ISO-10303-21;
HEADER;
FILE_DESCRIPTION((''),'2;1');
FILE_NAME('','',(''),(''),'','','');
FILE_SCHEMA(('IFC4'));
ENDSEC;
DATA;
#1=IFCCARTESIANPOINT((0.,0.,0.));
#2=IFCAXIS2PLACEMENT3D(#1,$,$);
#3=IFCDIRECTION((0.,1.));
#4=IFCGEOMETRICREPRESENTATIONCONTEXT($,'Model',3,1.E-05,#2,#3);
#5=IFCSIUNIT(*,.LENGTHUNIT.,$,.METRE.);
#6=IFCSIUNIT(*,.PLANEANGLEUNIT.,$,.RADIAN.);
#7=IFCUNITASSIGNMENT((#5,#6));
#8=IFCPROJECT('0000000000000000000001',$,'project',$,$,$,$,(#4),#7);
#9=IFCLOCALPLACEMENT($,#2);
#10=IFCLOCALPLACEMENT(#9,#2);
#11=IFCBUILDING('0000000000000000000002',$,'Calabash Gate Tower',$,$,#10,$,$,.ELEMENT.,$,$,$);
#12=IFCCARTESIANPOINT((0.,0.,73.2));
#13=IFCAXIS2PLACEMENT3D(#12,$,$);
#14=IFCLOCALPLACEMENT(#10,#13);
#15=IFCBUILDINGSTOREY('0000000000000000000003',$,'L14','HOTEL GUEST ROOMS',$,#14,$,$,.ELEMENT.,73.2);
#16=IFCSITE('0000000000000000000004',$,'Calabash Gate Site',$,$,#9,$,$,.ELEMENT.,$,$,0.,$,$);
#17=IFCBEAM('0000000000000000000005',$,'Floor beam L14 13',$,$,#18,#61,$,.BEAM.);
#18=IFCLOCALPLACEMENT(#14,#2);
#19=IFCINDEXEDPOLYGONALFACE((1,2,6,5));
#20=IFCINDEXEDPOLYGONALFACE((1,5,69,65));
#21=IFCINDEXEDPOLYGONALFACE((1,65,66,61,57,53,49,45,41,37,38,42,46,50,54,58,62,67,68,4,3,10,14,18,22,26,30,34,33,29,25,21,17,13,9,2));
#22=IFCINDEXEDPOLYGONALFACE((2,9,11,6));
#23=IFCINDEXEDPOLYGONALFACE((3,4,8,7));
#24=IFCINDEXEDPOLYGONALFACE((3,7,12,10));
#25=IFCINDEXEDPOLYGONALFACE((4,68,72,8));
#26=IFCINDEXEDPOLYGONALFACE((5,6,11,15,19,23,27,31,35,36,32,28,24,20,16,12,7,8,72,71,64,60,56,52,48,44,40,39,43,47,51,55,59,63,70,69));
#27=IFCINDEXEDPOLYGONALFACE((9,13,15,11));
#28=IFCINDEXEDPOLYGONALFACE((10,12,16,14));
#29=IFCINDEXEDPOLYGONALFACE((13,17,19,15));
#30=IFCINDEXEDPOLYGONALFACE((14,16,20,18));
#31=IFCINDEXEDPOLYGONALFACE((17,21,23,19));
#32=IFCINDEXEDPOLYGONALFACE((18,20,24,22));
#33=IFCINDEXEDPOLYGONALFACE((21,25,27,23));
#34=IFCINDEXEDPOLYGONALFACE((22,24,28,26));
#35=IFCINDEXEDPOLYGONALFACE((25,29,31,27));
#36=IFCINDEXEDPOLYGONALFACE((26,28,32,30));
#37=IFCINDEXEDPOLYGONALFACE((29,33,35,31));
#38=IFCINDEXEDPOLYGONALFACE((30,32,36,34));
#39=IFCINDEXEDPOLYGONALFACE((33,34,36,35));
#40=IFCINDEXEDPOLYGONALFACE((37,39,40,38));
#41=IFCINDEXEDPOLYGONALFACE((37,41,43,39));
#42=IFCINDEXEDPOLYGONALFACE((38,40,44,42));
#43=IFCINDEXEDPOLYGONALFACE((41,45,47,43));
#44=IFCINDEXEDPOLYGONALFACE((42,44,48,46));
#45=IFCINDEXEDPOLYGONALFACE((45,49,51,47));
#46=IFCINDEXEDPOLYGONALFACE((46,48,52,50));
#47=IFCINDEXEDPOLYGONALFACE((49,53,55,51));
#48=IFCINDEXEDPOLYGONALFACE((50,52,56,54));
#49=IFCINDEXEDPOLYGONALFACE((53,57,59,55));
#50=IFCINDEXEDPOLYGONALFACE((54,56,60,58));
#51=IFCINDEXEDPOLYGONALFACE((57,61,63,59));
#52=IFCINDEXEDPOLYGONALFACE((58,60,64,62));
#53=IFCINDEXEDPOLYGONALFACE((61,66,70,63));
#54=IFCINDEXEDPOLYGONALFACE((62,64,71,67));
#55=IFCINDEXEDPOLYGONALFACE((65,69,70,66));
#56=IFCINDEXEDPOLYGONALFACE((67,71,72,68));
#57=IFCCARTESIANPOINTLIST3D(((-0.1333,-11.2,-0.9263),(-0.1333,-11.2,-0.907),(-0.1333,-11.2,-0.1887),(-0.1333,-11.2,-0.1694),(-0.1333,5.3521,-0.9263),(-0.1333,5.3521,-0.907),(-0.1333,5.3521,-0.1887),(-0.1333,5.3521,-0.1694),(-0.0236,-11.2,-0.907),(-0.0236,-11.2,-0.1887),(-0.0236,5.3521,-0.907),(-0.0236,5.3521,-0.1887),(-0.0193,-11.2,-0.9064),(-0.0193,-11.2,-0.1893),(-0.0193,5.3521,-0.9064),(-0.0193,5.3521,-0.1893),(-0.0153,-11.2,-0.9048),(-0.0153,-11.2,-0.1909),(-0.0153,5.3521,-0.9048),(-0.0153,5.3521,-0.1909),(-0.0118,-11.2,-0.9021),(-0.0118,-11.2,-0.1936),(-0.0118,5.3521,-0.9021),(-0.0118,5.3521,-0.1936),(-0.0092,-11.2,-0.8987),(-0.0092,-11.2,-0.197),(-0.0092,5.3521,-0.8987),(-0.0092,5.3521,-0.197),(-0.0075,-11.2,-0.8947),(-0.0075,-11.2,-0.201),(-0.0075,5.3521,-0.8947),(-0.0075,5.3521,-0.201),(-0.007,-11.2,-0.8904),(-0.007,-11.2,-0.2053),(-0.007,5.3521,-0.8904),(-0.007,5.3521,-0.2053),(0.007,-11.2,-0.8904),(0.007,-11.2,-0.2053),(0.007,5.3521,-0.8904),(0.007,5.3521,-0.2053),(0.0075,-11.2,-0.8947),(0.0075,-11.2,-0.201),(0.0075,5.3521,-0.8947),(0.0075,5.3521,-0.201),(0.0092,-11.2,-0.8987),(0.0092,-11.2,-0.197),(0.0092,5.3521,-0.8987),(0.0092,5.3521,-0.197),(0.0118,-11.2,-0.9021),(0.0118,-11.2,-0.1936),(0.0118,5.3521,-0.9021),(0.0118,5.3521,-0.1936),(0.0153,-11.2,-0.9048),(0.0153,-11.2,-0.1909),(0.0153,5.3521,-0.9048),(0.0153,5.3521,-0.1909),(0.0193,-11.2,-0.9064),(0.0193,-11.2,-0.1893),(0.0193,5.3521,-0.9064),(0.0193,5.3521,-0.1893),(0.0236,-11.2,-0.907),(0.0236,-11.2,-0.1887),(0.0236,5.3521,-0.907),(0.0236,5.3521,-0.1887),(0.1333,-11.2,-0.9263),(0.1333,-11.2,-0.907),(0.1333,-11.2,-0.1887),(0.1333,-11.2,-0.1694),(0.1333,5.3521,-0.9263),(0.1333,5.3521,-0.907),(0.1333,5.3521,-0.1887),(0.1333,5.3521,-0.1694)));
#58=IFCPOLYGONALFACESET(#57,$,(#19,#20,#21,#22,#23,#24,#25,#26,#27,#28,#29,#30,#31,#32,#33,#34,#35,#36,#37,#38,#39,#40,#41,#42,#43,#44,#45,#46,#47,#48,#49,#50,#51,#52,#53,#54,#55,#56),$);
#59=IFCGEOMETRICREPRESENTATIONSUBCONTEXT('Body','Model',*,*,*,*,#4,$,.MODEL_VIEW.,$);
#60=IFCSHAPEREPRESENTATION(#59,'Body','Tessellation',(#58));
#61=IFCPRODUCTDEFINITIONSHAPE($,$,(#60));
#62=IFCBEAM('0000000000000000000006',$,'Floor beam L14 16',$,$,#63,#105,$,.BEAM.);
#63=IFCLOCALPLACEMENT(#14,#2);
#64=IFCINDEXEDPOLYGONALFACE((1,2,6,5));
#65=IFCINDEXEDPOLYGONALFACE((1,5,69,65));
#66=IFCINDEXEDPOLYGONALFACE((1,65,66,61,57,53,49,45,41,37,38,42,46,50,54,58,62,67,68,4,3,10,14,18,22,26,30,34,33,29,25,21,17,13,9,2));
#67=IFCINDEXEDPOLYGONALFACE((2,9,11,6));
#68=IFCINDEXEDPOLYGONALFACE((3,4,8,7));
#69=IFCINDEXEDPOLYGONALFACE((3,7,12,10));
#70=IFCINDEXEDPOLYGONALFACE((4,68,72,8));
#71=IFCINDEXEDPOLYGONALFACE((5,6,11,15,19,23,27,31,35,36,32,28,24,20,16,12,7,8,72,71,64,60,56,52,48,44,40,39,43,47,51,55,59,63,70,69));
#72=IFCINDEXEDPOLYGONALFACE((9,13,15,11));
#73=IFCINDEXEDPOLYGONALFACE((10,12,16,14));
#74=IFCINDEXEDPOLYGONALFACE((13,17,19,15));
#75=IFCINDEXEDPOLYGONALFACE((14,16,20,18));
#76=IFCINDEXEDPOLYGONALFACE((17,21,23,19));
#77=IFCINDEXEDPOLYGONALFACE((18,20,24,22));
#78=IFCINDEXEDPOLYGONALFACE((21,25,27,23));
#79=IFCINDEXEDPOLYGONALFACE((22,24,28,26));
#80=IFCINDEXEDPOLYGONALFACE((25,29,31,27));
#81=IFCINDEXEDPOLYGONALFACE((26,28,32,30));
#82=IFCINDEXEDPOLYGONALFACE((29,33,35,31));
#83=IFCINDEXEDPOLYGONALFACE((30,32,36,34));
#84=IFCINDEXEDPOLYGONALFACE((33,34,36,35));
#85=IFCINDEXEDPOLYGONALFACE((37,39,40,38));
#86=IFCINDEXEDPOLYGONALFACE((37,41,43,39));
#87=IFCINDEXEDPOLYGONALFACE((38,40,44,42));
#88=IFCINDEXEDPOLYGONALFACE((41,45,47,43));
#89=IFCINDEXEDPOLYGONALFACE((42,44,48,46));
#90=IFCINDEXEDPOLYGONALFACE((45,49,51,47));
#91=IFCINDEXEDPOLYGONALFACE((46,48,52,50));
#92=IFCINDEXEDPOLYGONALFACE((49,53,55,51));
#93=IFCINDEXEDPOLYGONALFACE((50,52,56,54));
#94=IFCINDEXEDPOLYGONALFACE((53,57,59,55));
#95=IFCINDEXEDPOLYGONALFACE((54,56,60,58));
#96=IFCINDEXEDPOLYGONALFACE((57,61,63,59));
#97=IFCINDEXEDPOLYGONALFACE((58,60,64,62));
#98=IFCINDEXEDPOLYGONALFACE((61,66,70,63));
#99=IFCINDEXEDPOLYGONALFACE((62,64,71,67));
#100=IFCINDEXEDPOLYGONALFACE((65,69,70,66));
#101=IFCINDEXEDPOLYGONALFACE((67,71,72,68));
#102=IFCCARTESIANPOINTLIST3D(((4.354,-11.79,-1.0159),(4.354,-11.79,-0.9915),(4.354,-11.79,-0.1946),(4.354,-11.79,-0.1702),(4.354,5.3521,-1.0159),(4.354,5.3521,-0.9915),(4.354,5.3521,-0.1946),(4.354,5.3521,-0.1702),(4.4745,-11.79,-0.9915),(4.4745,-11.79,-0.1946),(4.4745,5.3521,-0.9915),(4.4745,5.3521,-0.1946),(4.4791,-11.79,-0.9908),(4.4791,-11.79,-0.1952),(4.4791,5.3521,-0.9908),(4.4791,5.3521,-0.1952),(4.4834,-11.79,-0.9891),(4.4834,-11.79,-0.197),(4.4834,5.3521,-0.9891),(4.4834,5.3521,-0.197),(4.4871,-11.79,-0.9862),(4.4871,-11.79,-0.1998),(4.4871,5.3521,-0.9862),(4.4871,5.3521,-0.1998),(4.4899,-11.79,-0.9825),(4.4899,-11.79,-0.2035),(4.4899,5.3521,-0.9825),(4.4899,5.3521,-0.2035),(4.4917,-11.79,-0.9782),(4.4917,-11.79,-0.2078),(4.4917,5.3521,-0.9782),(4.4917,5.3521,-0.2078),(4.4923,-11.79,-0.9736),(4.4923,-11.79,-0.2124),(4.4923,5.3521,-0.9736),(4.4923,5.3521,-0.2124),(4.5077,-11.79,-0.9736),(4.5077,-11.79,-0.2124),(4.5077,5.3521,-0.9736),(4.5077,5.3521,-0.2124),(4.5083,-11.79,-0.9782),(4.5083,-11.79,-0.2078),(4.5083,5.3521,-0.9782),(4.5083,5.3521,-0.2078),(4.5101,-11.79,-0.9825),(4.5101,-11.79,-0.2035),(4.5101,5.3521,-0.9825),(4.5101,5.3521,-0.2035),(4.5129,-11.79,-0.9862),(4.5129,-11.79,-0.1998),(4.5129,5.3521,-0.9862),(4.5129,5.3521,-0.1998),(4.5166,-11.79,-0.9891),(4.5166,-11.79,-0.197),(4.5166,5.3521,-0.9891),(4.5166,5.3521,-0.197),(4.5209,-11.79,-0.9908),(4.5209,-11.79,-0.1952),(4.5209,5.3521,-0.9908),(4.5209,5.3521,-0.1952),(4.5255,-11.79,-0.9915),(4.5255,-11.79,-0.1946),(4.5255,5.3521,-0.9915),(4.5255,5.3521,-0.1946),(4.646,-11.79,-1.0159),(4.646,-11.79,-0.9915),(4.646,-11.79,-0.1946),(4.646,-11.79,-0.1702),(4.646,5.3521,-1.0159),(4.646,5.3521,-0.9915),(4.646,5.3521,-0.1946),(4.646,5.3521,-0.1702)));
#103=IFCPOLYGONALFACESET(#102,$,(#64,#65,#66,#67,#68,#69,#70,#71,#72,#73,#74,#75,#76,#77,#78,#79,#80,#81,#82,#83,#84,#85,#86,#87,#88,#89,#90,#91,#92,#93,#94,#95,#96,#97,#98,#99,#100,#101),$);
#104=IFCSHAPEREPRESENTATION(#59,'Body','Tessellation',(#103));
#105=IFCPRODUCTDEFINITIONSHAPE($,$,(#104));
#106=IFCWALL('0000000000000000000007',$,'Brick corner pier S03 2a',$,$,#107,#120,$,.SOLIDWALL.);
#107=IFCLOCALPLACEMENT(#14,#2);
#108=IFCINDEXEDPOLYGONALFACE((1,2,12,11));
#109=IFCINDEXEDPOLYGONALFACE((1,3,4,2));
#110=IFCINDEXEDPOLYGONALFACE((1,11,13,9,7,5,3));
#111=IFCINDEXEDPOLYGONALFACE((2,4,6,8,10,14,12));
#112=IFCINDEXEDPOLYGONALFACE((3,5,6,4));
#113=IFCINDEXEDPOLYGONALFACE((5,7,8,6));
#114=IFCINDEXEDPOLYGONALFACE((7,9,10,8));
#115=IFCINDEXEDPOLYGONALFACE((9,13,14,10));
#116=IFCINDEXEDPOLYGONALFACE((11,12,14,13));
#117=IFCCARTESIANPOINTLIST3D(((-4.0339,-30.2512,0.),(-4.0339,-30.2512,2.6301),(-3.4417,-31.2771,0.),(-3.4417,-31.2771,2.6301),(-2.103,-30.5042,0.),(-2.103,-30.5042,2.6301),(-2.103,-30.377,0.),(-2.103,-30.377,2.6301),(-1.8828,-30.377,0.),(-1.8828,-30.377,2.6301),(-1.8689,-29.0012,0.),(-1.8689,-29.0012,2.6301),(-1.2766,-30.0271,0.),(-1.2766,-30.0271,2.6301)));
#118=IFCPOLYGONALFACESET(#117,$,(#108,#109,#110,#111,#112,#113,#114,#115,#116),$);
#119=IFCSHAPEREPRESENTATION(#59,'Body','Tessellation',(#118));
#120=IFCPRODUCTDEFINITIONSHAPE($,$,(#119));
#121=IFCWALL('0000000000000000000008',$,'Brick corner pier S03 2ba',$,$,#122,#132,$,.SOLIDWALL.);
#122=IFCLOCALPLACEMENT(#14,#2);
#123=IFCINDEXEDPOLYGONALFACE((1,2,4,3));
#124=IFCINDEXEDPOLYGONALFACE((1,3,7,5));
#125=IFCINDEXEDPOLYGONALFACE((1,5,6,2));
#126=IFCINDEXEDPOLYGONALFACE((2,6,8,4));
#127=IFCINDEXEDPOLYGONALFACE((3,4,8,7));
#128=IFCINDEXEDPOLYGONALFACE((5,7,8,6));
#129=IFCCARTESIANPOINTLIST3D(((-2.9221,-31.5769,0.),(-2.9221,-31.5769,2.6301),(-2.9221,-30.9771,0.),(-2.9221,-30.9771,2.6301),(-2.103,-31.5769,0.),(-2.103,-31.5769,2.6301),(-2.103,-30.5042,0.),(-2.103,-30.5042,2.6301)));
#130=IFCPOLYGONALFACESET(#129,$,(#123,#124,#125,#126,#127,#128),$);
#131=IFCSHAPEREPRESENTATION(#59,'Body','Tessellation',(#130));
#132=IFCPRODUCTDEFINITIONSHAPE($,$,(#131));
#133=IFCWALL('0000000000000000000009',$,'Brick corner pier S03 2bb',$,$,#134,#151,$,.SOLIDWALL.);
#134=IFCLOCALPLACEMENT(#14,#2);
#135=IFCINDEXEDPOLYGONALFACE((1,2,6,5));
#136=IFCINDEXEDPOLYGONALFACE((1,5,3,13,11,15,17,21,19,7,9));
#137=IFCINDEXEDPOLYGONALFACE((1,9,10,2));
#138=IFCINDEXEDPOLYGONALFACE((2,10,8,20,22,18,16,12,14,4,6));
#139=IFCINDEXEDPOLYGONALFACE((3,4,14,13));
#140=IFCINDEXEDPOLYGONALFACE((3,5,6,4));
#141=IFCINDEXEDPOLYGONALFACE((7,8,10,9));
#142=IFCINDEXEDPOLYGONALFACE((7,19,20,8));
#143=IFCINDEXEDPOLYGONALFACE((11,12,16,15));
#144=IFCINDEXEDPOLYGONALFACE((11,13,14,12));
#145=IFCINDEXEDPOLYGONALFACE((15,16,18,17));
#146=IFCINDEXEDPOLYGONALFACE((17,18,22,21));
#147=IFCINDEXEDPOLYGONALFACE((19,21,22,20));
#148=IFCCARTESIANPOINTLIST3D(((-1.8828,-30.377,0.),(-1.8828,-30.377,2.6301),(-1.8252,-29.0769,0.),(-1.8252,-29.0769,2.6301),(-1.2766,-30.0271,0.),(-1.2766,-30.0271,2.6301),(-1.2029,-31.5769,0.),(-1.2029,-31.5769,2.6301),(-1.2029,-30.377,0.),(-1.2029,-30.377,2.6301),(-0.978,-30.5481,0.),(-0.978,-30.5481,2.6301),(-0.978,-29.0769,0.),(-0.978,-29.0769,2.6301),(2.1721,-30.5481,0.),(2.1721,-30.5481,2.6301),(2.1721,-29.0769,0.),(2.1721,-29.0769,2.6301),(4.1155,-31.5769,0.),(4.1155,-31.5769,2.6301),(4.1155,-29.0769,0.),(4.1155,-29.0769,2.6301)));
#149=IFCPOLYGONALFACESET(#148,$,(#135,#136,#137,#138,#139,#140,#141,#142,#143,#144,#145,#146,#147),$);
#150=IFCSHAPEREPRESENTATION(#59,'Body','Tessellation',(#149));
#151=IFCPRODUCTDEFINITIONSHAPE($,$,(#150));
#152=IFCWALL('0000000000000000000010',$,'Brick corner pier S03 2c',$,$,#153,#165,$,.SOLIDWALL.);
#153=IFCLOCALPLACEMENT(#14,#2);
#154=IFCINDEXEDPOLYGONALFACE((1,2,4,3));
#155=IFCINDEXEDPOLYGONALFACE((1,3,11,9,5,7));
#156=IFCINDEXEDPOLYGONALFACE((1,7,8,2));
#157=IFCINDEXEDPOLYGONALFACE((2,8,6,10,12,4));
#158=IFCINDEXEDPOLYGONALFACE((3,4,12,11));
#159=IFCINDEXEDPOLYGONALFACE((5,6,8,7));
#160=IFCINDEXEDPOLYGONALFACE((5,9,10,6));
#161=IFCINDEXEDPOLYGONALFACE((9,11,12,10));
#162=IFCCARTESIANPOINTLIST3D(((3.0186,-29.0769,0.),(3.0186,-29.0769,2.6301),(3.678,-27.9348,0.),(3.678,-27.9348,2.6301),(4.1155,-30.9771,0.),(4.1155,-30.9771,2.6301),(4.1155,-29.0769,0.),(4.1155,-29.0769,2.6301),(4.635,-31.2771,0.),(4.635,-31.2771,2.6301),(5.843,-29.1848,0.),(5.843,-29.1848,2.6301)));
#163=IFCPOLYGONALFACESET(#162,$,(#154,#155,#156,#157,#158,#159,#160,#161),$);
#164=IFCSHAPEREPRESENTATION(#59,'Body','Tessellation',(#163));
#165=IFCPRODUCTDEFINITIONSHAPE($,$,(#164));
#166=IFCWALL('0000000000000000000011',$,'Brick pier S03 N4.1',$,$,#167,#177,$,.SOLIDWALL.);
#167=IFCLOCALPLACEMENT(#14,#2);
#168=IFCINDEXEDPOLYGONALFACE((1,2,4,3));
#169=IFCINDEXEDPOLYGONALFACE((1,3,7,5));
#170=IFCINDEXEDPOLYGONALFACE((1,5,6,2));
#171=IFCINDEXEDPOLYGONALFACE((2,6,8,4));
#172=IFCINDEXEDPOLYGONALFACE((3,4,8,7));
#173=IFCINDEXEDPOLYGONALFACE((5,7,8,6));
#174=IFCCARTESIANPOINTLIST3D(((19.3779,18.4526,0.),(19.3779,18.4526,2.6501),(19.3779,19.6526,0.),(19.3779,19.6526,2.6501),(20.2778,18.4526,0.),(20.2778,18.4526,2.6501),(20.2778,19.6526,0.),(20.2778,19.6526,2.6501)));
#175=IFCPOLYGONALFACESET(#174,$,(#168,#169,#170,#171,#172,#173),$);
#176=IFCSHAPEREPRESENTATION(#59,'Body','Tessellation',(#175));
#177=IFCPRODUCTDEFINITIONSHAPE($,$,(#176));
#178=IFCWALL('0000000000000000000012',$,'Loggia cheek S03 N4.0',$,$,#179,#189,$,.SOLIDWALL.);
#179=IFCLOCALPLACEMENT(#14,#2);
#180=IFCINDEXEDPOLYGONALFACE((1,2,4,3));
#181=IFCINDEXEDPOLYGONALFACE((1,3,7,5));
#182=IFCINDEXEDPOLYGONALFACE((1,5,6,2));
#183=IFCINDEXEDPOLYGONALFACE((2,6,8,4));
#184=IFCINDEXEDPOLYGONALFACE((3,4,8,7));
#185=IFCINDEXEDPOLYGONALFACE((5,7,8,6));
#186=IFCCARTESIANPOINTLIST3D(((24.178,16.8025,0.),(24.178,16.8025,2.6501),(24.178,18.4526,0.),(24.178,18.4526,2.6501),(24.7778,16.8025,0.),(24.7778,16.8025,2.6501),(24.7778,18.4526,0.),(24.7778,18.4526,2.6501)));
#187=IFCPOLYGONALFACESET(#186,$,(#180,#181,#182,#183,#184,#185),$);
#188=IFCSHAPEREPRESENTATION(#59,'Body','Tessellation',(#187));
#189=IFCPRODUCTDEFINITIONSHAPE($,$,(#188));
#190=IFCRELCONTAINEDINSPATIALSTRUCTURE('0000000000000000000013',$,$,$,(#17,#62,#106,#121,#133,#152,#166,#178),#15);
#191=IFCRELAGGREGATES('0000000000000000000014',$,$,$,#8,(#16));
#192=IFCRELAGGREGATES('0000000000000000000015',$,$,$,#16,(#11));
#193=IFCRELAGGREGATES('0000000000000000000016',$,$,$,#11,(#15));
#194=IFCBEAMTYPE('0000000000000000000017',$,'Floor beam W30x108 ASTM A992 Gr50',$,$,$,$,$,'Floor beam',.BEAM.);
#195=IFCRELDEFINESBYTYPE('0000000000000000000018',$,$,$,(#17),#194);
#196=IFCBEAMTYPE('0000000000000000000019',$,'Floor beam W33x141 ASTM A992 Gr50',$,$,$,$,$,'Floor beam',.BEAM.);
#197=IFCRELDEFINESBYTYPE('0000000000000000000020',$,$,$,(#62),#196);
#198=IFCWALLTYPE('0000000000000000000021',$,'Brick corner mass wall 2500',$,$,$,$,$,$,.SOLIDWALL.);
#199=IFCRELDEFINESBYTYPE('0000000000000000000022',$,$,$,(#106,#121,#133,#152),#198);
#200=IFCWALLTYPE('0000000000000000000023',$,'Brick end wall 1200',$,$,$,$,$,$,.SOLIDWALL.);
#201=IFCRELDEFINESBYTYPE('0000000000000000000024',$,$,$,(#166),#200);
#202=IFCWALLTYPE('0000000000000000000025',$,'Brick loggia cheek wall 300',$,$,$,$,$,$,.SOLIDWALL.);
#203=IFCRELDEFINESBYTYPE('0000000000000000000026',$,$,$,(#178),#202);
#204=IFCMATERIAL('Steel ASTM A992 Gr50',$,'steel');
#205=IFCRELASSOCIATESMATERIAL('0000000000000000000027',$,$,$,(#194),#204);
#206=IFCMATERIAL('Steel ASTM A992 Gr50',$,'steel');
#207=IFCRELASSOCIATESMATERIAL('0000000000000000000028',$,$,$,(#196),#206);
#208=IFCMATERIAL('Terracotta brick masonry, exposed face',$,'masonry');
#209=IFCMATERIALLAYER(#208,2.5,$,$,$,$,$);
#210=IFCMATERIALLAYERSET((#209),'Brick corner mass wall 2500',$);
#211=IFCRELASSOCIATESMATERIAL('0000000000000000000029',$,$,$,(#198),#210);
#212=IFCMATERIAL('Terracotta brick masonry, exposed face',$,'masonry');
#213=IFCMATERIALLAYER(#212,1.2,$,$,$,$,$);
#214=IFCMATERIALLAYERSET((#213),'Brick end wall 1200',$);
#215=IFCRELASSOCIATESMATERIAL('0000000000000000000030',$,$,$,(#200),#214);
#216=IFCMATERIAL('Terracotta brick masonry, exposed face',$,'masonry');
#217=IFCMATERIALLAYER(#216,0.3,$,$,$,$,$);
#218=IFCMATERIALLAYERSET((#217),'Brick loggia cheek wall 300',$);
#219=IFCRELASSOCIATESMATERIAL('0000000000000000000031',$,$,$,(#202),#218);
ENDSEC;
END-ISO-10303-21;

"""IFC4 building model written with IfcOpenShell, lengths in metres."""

from ifc_helpers import new_model, si_unit, direction, frame, origin, origin_2d, place, context, subcontext, project, spatial, polyline, i_section, outline, extrude, material, layer, layer_set, material_profile, profile_set, type_object, element, save


model = new_model("IFC4")

# Units and contexts
model_context = context("Model", 3, precision=1e-05, world=origin(), true_north=direction((0.0, 1.0)))
body_context = subcontext(model_context, "Body", "Model", "MODEL_VIEW")
ifc_project = project(units=[si_unit("LENGTHUNIT", "METRE"), si_unit("PLANEANGLEUNIT", "RADIAN")], contexts=[model_context])

# Site, building, storey
site_placement = place(None, origin())
site = spatial("IfcSite", under=ifc_project, at=site_placement, Name="Calabash Gate Site", CompositionType="ELEMENT", RefElevation=0.0)
building_placement = place(site_placement, origin())
building = spatial("IfcBuilding", under=site, at=building_placement, Name="Calabash Gate Tower", CompositionType="ELEMENT")
storey_placement = place(building_placement, frame((0.0, 0.0, 73.2)))
storey = spatial("IfcBuildingStorey", under=building, at=storey_placement, Name="L14", Description="HOTEL GUEST ROOMS", CompositionType="ELEMENT", Elevation=73.2)

# Beams
ifc_material_1 = material(Name="Steel ASTM A992 Gr50", Category="steel")
ifc_material_profile_1 = material_profile(ifc_material_1, i_section(OverallWidth=0.2666, OverallDepth=0.7568, WebThickness=0.0139, FlangeThickness=0.0193, FilletRadius=0.0166, at=origin_2d()))
ifc_profile_set_1 = profile_set([ifc_material_profile_1], Name="Steel ASTM A992 Gr50")
beam_type_1 = type_object("IfcBeamType", Name="Floor beam W30x108 ASTM A992 Gr50", ElementType="Floor beam", PredefinedType="BEAM", material=ifc_profile_set_1)
beam_1_placement = place(storey_placement, frame((0.0, -11.2, -0.5479), z_axis=(0.0, 1.0, 0.0), x_axis=(-1.0, 0.0, 0.0)))
element("IfcBeam", 1, at=beam_1_placement, inside=storey, type_object=beam_type_1, Name="Floor beam L14 13", PredefinedType="BEAM", context=body_context, shape_type="SweptSolid", body=[
    extrude(i_section(OverallWidth=0.2666, OverallDepth=0.7568, WebThickness=0.0139, FlangeThickness=0.0193, FilletRadius=0.0166, at=origin_2d()), origin(), (0.0, 0.0, 1.0), 16.552),
])
ifc_material_2 = material(Name="Steel ASTM A992 Gr50", Category="steel")
ifc_material_profile_2 = material_profile(ifc_material_2, i_section(OverallWidth=0.292, OverallDepth=0.8457, WebThickness=0.0154, FlangeThickness=0.0244, FilletRadius=0.0178, at=origin_2d()))
ifc_profile_set_2 = profile_set([ifc_material_profile_2], Name="Steel ASTM A992 Gr50")
beam_type_2 = type_object("IfcBeamType", Name="Floor beam W33x141 ASTM A992 Gr50", ElementType="Floor beam", PredefinedType="BEAM", material=ifc_profile_set_2)
beam_2_placement = place(storey_placement, frame((4.5, -11.79, -0.593), z_axis=(0.0, 1.0, 0.0), x_axis=(-1.0, 0.0, 0.0)))
element("IfcBeam", 2, at=beam_2_placement, inside=storey, type_object=beam_type_2, Name="Floor beam L14 16", PredefinedType="BEAM", context=body_context, shape_type="SweptSolid", body=[
    extrude(i_section(OverallWidth=0.292, OverallDepth=0.8457, WebThickness=0.0154, FlangeThickness=0.0244, FilletRadius=0.0178, at=origin_2d()), origin(), (0.0, 0.0, 1.0), 17.1421),
])

# Walls
ifc_material_3 = material(Name="Terracotta brick masonry, exposed face", Category="masonry")
ifc_layer_1 = layer(ifc_material_3, 2.5)
ifc_layer_set_1 = layer_set([ifc_layer_1], Name="Brick corner mass wall 2500")
wall_type_1 = type_object("IfcWallType", Name="Brick corner mass wall 2500", PredefinedType="SOLIDWALL", material=ifc_layer_set_1)
wall_1_placement = place(storey_placement, origin())
element("IfcWall", 3, at=wall_1_placement, inside=storey, type_object=wall_type_1, Name="Brick corner pier S03 2a", PredefinedType="SOLIDWALL", context=body_context, shape_type="SweptSolid", body=[
    extrude(outline(polyline([(-1.2766, -30.0271), (-1.8689, -29.0012), (-4.0339, -30.2512), (-3.4417, -31.2771), (-2.103, -30.5042), (-2.103, -30.377), (-1.8828, -30.377), (-1.2766, -30.0271)])), origin(), (0.0, 0.0, 1.0), 2.6301),
])
wall_2_placement = place(storey_placement, origin())
element("IfcWall", 4, at=wall_2_placement, inside=storey, type_object=wall_type_1, Name="Brick corner pier S03 2ba", PredefinedType="SOLIDWALL", context=body_context, shape_type="SweptSolid", body=[
    extrude(outline(polyline([(-2.9221, -30.9771), (-2.9221, -31.5769), (-2.103, -31.5769), (-2.103, -30.5042), (-2.9221, -30.9771)])), origin(), (0.0, 0.0, 1.0), 2.6301),
])
wall_3_placement = place(storey_placement, origin())
element("IfcWall", 5, at=wall_3_placement, inside=storey, type_object=wall_type_1, Name="Brick corner pier S03 2bb", PredefinedType="SOLIDWALL", context=body_context, shape_type="SweptSolid", body=[
    extrude(outline(polyline([(-1.2029, -30.377), (-1.2029, -31.5769), (4.1155, -31.5769), (4.1155, -29.0769), (2.1721, -29.0769), (2.1721, -30.5481), (-0.978, -30.5481), (-0.978, -29.0769), (-1.8252, -29.0769), (-1.2766, -30.0271), (-1.8828, -30.377), (-1.2029, -30.377)])), origin(), (0.0, 0.0, 1.0), 2.6301),
])
wall_4_placement = place(storey_placement, origin())
element("IfcWall", 6, at=wall_4_placement, inside=storey, type_object=wall_type_1, Name="Brick corner pier S03 2c", PredefinedType="SOLIDWALL", context=body_context, shape_type="SweptSolid", body=[
    extrude(outline(polyline([(5.843, -29.1848), (3.678, -27.9348), (3.0186, -29.0769), (4.1155, -29.0769), (4.1155, -30.9771), (4.635, -31.2771), (5.843, -29.1848)])), origin(), (0.0, 0.0, 1.0), 2.6301),
])
ifc_material_4 = material(Name="Terracotta brick masonry, exposed face", Category="masonry")
ifc_layer_2 = layer(ifc_material_4, 1.2)
ifc_layer_set_2 = layer_set([ifc_layer_2], Name="Brick end wall 1200")
wall_type_2 = type_object("IfcWallType", Name="Brick end wall 1200", PredefinedType="SOLIDWALL", material=ifc_layer_set_2)
wall_5_placement = place(storey_placement, origin())
element("IfcWall", 7, at=wall_5_placement, inside=storey, type_object=wall_type_2, Name="Brick pier S03 N4.1", PredefinedType="SOLIDWALL", context=body_context, shape_type="SweptSolid", body=[
    extrude(outline(polyline([(20.2778, 19.6526), (19.3779, 19.6526), (19.3779, 18.4526), (20.2778, 18.4526), (20.2778, 19.6526)])), origin(), (0.0, 0.0, 1.0), 2.6501),
])
ifc_material_5 = material(Name="Terracotta brick masonry, exposed face", Category="masonry")
ifc_layer_3 = layer(ifc_material_5, 0.3)
ifc_layer_set_3 = layer_set([ifc_layer_3], Name="Brick loggia cheek wall 300")
wall_type_3 = type_object("IfcWallType", Name="Brick loggia cheek wall 300", PredefinedType="SOLIDWALL", material=ifc_layer_set_3)
wall_6_placement = place(storey_placement, origin())
element("IfcWall", 8, at=wall_6_placement, inside=storey, type_object=wall_type_3, Name="Loggia cheek S03 N4.0", PredefinedType="SOLIDWALL", context=body_context, shape_type="SweptSolid", body=[
    extrude(outline(polyline([(24.7778, 16.8025), (24.7778, 18.4526), (24.178, 18.4526), (24.178, 16.8025), (24.7778, 16.8025)])), origin(), (0.0, 0.0, 1.0), 2.6501),
])

save(model, "model.ifc")
